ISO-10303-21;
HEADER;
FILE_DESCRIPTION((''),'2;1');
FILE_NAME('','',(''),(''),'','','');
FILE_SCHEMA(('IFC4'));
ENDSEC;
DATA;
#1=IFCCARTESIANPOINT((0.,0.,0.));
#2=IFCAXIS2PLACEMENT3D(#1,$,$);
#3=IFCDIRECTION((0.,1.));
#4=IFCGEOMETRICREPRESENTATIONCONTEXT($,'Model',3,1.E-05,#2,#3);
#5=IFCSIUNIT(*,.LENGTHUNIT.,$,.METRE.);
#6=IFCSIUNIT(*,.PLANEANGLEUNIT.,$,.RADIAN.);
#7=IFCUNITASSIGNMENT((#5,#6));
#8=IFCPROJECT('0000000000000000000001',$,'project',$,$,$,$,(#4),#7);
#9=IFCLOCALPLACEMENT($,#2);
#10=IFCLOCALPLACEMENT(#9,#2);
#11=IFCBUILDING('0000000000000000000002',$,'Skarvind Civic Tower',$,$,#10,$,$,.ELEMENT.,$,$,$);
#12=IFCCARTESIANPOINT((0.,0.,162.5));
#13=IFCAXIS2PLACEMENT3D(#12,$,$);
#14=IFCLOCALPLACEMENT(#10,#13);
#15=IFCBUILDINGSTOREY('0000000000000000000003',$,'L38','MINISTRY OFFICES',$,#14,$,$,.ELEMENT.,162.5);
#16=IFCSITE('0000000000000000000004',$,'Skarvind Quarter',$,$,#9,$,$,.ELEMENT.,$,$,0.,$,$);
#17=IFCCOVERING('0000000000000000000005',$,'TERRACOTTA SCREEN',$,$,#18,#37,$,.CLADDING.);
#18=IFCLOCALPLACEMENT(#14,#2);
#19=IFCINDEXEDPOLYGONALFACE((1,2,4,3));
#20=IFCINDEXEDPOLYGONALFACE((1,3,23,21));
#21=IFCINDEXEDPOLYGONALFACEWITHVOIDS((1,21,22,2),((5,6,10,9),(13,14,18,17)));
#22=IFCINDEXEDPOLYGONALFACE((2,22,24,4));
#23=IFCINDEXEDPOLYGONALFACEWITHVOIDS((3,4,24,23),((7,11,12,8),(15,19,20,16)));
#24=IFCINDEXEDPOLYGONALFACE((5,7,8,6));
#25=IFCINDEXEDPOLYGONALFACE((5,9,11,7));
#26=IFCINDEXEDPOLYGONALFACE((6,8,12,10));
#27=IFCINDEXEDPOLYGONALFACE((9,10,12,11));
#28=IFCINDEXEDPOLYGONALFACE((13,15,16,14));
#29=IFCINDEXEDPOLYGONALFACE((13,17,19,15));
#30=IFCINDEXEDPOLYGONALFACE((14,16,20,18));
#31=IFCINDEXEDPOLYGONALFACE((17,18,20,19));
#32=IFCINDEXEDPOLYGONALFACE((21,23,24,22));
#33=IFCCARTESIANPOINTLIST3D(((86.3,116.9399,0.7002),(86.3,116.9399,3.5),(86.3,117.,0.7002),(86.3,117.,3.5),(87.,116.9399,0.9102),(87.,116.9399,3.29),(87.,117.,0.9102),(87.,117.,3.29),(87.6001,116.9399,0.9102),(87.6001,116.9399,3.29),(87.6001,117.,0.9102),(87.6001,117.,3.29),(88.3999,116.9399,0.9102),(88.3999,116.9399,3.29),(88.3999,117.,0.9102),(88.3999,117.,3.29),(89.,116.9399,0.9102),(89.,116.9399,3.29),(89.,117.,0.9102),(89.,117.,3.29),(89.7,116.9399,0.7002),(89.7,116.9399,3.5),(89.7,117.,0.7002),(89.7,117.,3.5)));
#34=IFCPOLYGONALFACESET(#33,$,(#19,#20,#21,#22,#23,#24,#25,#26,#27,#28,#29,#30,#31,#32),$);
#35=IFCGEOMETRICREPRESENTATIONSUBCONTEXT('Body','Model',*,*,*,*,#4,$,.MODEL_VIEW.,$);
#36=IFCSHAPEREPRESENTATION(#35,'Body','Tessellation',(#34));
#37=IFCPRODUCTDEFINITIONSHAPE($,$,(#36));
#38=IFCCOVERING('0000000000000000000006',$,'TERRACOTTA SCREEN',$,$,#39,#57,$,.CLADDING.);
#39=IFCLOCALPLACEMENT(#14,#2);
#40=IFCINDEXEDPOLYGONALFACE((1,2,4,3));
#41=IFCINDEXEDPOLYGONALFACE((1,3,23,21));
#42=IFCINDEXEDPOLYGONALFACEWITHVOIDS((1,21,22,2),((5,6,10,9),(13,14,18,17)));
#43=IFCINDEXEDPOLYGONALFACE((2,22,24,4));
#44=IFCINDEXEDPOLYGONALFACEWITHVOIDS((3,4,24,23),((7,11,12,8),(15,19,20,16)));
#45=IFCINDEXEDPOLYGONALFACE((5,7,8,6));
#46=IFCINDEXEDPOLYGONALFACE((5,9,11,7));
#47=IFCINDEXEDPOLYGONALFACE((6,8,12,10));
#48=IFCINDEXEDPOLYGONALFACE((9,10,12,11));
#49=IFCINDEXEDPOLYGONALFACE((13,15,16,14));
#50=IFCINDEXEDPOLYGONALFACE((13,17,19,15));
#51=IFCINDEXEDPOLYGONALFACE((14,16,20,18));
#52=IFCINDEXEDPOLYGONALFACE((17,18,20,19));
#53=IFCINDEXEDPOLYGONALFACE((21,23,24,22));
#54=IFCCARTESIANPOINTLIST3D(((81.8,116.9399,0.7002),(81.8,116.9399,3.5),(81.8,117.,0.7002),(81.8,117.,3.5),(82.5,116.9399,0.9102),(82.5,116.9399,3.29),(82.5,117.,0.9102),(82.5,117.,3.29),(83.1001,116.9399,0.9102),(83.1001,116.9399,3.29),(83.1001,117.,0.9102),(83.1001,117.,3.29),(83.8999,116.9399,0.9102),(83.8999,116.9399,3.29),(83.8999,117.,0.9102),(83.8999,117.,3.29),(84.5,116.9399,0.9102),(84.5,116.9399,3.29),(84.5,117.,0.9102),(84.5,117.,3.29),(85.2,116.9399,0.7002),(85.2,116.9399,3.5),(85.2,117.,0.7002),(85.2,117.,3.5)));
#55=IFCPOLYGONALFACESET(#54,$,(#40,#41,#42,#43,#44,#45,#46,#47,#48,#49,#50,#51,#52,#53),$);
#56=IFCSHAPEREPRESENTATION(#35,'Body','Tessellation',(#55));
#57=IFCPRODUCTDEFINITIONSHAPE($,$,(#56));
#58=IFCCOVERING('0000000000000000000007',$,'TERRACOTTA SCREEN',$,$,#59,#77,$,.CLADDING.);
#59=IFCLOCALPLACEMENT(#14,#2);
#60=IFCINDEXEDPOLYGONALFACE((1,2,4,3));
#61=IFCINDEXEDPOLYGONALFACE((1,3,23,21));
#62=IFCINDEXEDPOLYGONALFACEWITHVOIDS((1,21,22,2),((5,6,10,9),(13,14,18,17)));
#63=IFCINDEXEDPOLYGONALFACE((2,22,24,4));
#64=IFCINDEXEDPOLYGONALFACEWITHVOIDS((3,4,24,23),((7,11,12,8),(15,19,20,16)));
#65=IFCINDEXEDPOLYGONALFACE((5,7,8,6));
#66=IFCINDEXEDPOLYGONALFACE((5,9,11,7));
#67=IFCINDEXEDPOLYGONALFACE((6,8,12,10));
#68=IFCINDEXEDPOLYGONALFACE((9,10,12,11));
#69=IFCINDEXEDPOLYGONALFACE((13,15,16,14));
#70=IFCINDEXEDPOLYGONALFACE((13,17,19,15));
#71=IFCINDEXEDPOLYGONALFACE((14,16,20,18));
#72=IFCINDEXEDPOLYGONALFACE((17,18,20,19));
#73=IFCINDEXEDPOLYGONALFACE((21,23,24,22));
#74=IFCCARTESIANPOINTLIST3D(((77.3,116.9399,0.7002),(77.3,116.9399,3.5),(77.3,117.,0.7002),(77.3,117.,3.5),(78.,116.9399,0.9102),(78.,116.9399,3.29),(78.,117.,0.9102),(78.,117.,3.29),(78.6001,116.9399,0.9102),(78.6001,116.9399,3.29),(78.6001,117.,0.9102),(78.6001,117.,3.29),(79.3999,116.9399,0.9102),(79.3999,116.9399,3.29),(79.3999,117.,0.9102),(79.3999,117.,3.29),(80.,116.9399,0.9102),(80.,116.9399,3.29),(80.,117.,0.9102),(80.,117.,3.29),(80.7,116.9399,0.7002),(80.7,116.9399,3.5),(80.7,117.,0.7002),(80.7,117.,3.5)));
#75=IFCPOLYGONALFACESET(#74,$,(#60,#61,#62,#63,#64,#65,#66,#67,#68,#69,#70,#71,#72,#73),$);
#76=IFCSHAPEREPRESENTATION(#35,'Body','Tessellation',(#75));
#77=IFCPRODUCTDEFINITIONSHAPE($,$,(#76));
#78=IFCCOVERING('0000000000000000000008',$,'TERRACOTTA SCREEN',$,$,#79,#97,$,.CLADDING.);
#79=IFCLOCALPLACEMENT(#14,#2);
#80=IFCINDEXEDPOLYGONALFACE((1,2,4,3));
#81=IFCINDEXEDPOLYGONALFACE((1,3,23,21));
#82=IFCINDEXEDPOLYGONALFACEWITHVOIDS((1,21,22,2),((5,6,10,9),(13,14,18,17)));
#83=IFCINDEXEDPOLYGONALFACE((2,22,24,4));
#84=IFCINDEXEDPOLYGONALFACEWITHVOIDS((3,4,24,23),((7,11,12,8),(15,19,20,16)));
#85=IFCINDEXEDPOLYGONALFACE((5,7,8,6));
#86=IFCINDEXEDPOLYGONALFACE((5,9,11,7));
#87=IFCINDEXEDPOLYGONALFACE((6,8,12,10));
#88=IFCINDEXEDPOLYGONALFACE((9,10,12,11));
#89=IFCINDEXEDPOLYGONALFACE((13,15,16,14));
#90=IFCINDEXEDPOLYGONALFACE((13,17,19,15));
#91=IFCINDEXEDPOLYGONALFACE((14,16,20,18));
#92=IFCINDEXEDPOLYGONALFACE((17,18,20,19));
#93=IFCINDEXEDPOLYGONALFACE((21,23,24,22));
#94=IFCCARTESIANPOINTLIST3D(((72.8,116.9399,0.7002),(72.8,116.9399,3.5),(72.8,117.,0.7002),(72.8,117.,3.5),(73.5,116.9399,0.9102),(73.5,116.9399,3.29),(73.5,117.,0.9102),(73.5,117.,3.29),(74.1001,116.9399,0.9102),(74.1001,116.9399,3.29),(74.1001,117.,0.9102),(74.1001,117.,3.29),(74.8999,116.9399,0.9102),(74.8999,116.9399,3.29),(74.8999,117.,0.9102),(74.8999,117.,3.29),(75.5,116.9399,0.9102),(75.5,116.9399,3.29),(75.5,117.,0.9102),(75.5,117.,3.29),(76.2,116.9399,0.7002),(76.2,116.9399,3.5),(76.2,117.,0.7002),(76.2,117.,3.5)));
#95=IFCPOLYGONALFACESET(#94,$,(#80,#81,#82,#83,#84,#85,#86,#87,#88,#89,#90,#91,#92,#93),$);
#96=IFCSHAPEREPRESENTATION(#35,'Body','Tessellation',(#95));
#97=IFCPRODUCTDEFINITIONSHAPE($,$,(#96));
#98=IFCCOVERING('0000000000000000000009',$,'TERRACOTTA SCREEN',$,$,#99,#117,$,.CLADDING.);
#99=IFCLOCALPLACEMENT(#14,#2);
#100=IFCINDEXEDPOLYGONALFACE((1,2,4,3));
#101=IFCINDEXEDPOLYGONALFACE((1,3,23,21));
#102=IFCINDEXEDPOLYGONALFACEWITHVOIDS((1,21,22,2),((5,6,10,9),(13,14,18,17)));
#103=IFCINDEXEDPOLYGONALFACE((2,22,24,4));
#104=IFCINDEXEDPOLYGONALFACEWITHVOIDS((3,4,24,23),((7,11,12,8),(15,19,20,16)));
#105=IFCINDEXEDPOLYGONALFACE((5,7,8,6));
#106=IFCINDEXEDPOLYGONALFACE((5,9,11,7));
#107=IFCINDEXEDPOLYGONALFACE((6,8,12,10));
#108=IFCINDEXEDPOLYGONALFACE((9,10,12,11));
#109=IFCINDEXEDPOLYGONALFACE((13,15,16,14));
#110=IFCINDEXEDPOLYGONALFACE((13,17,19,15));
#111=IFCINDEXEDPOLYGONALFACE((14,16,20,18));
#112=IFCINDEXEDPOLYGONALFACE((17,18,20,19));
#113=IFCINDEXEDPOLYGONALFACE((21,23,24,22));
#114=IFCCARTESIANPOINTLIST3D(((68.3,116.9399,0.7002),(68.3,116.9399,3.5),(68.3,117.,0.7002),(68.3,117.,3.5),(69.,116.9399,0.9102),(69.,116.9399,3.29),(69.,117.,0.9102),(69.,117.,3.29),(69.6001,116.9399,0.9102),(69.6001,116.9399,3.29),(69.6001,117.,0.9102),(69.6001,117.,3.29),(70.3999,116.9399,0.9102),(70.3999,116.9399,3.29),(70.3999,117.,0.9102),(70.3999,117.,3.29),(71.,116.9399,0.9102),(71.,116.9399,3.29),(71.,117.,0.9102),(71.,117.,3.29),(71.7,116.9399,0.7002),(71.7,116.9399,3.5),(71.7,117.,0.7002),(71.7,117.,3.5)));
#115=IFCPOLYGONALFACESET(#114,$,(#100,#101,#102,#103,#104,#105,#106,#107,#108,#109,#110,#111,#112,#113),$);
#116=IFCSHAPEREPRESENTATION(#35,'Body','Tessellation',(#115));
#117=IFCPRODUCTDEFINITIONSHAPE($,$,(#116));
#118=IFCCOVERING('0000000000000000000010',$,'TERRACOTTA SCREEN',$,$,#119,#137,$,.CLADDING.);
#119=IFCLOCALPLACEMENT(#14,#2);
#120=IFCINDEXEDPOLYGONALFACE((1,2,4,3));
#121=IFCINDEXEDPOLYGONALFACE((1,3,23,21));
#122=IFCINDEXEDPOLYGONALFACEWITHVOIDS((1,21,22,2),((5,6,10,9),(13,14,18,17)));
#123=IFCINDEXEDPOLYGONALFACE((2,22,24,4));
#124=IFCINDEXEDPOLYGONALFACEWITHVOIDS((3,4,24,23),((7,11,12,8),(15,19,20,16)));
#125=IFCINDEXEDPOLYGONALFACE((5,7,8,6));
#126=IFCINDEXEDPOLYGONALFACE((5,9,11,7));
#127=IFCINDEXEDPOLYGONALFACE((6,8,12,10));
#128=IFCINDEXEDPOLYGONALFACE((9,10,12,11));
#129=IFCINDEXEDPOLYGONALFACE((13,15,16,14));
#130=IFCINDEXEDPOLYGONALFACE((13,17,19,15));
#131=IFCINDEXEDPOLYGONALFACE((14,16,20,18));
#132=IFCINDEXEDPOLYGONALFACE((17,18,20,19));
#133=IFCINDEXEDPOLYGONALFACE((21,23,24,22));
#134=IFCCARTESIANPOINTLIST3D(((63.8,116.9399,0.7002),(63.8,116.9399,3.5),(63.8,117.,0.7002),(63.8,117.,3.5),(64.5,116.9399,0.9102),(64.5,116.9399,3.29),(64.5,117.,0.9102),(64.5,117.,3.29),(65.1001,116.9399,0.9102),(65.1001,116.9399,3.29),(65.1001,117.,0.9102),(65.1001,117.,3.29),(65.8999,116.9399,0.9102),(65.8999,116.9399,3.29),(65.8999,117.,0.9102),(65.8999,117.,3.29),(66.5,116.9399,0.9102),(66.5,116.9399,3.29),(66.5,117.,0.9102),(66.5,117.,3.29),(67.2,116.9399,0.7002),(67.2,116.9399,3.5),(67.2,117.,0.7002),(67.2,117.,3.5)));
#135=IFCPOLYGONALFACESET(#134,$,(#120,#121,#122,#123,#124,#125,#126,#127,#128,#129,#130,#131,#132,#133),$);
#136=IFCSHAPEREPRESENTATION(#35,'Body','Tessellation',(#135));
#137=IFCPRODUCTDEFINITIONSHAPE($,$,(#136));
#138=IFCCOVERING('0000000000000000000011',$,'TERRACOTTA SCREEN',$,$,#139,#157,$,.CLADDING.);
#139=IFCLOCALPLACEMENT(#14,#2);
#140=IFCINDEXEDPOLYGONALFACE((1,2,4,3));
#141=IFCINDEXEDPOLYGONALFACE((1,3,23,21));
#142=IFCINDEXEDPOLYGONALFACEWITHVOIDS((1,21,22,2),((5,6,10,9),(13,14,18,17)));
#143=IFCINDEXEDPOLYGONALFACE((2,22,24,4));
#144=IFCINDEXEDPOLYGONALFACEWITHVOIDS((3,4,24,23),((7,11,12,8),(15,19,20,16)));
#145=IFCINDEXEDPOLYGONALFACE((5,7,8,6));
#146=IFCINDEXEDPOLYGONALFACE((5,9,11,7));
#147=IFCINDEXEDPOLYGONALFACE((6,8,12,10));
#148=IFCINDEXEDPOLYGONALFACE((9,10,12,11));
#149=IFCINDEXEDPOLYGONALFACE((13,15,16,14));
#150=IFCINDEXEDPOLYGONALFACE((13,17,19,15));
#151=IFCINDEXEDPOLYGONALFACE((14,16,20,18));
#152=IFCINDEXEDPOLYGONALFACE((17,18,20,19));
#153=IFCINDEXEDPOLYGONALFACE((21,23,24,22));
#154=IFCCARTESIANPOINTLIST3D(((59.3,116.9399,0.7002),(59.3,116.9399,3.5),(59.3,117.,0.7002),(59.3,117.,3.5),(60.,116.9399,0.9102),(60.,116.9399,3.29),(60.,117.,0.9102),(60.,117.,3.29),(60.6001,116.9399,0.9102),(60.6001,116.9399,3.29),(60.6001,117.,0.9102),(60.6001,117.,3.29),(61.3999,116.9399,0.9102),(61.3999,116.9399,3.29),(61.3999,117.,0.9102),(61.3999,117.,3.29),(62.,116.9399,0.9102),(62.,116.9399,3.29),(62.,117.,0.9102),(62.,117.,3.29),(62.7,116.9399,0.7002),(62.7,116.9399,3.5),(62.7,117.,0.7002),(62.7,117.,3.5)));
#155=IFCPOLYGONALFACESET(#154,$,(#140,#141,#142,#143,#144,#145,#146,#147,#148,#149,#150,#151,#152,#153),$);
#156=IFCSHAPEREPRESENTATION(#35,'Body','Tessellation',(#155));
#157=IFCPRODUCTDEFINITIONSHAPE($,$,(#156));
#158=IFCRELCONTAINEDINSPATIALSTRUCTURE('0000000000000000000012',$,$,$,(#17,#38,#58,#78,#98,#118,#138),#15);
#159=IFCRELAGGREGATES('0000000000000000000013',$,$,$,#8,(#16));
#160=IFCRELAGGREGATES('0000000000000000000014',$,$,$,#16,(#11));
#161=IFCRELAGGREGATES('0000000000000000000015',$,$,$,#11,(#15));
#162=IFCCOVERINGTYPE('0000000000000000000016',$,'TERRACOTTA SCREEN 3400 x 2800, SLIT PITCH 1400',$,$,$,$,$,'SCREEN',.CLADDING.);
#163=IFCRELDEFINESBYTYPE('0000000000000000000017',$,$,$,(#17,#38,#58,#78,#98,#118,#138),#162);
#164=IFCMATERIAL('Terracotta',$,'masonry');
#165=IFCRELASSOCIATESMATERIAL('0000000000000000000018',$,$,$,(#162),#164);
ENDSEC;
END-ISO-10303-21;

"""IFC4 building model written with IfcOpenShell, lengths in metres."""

from ifc_helpers import new_model, si_unit, direction, frame, origin, place, context, subcontext, project, spatial, polyline, outline, extrude, material, material_profile, profile_set, type_object, element, save


model = new_model("IFC4")

# Units and contexts
model_context = context("Model", 3, precision=1e-05, world=origin(), true_north=direction((0.0, 1.0)))
body_context = subcontext(model_context, "Body", "Model", "MODEL_VIEW")
ifc_project = project(units=[si_unit("LENGTHUNIT", "METRE"), si_unit("PLANEANGLEUNIT", "RADIAN")], contexts=[model_context])

# Site, building, storey
site_placement = place(None, origin())
site = spatial("IfcSite", under=ifc_project, at=site_placement, Name="Skarvind Quarter", CompositionType="ELEMENT", RefElevation=0.0)
building_placement = place(site_placement, origin())
building = spatial("IfcBuilding", under=site, at=building_placement, Name="Skarvind Civic Tower", CompositionType="ELEMENT")
storey_placement = place(building_placement, frame((0.0, 0.0, 162.5)))
storey = spatial("IfcBuildingStorey", under=building, at=storey_placement, Name="L38", Description="MINISTRY OFFICES", CompositionType="ELEMENT", Elevation=162.5)

# Coverings
ifc_material_1 = material(Name="Terracotta", Category="masonry")
ifc_material_profile_1 = material_profile(ifc_material_1, outline(polyline([(-1.7, -1.3999), (1.7, -1.3999), (1.7, 1.3999), (-1.7, 1.3999), (-1.7, -1.3999)]), holes=[polyline([(-1.0, -1.1899), (-0.3999, -1.1899), (-0.3999, 1.1899), (-1.0, 1.1899), (-1.0, -1.1899)]), polyline([(0.3999, -1.1899), (1.0, -1.1899), (1.0, 1.1899), (0.3999, 1.1899), (0.3999, -1.1899)])]), Name="TERRACOTTA SCREEN 3400 x 2800, SLIT PITCH 1400")
ifc_profile_set_1 = profile_set([ifc_material_profile_1], Name="Terracotta")
covering_type = type_object("IfcCoveringType", Name="TERRACOTTA SCREEN 3400 x 2800, SLIT PITCH 1400", ElementType="SCREEN", PredefinedType="CLADDING", material=ifc_profile_set_1)
for number, where, z_axis, x_axis, name in (
    (1, (88.0, 117.0, 2.1001), (0.0, -1.0, 0.0), (1.0, 0.0, 0.0), "TERRACOTTA SCREEN"),
    (2, (83.5, 117.0, 2.1001), (0.0, -1.0, 0.0), (1.0, 0.0, 0.0), "TERRACOTTA SCREEN"),
    (3, (79.0, 117.0, 2.1001), (0.0, -1.0, 0.0), (1.0, 0.0, 0.0), "TERRACOTTA SCREEN"),
    (4, (74.5, 117.0, 2.1001), (0.0, -1.0, 0.0), (1.0, 0.0, 0.0), "TERRACOTTA SCREEN"),
    (5, (70.0, 117.0, 2.1001), (0.0, -1.0, 0.0), (1.0, 0.0, 0.0), "TERRACOTTA SCREEN"),
    (6, (65.5, 117.0, 2.1001), (0.0, -1.0, 0.0), (1.0, 0.0, 0.0), "TERRACOTTA SCREEN"),
    (7, (61.0, 117.0, 2.1001), (0.0, -1.0, 0.0), (1.0, 0.0, 0.0), "TERRACOTTA SCREEN"),
):
    element("IfcCovering", number, at=place(storey_placement, frame(where, z_axis=z_axis, x_axis=x_axis)), inside=storey, type_object=covering_type, Name=name, PredefinedType="CLADDING", context=body_context, shape_type="SweptSolid", body=[
        extrude(outline(polyline([(-1.7, -1.3999), (1.7, -1.3999), (1.7, 1.3999), (-1.7, 1.3999), (-1.7, -1.3999)]), holes=[polyline([(-1.0, -1.1899), (-0.3999, -1.1899), (-0.3999, 1.1899), (-1.0, 1.1899), (-1.0, -1.1899)]), polyline([(0.3999, -1.1899), (1.0, -1.1899), (1.0, 1.1899), (0.3999, 1.1899), (0.3999, -1.1899)])]), origin(), (0.0, 0.0, 1.0), 0.0601),
    ])

save(model, "model.ifc")
